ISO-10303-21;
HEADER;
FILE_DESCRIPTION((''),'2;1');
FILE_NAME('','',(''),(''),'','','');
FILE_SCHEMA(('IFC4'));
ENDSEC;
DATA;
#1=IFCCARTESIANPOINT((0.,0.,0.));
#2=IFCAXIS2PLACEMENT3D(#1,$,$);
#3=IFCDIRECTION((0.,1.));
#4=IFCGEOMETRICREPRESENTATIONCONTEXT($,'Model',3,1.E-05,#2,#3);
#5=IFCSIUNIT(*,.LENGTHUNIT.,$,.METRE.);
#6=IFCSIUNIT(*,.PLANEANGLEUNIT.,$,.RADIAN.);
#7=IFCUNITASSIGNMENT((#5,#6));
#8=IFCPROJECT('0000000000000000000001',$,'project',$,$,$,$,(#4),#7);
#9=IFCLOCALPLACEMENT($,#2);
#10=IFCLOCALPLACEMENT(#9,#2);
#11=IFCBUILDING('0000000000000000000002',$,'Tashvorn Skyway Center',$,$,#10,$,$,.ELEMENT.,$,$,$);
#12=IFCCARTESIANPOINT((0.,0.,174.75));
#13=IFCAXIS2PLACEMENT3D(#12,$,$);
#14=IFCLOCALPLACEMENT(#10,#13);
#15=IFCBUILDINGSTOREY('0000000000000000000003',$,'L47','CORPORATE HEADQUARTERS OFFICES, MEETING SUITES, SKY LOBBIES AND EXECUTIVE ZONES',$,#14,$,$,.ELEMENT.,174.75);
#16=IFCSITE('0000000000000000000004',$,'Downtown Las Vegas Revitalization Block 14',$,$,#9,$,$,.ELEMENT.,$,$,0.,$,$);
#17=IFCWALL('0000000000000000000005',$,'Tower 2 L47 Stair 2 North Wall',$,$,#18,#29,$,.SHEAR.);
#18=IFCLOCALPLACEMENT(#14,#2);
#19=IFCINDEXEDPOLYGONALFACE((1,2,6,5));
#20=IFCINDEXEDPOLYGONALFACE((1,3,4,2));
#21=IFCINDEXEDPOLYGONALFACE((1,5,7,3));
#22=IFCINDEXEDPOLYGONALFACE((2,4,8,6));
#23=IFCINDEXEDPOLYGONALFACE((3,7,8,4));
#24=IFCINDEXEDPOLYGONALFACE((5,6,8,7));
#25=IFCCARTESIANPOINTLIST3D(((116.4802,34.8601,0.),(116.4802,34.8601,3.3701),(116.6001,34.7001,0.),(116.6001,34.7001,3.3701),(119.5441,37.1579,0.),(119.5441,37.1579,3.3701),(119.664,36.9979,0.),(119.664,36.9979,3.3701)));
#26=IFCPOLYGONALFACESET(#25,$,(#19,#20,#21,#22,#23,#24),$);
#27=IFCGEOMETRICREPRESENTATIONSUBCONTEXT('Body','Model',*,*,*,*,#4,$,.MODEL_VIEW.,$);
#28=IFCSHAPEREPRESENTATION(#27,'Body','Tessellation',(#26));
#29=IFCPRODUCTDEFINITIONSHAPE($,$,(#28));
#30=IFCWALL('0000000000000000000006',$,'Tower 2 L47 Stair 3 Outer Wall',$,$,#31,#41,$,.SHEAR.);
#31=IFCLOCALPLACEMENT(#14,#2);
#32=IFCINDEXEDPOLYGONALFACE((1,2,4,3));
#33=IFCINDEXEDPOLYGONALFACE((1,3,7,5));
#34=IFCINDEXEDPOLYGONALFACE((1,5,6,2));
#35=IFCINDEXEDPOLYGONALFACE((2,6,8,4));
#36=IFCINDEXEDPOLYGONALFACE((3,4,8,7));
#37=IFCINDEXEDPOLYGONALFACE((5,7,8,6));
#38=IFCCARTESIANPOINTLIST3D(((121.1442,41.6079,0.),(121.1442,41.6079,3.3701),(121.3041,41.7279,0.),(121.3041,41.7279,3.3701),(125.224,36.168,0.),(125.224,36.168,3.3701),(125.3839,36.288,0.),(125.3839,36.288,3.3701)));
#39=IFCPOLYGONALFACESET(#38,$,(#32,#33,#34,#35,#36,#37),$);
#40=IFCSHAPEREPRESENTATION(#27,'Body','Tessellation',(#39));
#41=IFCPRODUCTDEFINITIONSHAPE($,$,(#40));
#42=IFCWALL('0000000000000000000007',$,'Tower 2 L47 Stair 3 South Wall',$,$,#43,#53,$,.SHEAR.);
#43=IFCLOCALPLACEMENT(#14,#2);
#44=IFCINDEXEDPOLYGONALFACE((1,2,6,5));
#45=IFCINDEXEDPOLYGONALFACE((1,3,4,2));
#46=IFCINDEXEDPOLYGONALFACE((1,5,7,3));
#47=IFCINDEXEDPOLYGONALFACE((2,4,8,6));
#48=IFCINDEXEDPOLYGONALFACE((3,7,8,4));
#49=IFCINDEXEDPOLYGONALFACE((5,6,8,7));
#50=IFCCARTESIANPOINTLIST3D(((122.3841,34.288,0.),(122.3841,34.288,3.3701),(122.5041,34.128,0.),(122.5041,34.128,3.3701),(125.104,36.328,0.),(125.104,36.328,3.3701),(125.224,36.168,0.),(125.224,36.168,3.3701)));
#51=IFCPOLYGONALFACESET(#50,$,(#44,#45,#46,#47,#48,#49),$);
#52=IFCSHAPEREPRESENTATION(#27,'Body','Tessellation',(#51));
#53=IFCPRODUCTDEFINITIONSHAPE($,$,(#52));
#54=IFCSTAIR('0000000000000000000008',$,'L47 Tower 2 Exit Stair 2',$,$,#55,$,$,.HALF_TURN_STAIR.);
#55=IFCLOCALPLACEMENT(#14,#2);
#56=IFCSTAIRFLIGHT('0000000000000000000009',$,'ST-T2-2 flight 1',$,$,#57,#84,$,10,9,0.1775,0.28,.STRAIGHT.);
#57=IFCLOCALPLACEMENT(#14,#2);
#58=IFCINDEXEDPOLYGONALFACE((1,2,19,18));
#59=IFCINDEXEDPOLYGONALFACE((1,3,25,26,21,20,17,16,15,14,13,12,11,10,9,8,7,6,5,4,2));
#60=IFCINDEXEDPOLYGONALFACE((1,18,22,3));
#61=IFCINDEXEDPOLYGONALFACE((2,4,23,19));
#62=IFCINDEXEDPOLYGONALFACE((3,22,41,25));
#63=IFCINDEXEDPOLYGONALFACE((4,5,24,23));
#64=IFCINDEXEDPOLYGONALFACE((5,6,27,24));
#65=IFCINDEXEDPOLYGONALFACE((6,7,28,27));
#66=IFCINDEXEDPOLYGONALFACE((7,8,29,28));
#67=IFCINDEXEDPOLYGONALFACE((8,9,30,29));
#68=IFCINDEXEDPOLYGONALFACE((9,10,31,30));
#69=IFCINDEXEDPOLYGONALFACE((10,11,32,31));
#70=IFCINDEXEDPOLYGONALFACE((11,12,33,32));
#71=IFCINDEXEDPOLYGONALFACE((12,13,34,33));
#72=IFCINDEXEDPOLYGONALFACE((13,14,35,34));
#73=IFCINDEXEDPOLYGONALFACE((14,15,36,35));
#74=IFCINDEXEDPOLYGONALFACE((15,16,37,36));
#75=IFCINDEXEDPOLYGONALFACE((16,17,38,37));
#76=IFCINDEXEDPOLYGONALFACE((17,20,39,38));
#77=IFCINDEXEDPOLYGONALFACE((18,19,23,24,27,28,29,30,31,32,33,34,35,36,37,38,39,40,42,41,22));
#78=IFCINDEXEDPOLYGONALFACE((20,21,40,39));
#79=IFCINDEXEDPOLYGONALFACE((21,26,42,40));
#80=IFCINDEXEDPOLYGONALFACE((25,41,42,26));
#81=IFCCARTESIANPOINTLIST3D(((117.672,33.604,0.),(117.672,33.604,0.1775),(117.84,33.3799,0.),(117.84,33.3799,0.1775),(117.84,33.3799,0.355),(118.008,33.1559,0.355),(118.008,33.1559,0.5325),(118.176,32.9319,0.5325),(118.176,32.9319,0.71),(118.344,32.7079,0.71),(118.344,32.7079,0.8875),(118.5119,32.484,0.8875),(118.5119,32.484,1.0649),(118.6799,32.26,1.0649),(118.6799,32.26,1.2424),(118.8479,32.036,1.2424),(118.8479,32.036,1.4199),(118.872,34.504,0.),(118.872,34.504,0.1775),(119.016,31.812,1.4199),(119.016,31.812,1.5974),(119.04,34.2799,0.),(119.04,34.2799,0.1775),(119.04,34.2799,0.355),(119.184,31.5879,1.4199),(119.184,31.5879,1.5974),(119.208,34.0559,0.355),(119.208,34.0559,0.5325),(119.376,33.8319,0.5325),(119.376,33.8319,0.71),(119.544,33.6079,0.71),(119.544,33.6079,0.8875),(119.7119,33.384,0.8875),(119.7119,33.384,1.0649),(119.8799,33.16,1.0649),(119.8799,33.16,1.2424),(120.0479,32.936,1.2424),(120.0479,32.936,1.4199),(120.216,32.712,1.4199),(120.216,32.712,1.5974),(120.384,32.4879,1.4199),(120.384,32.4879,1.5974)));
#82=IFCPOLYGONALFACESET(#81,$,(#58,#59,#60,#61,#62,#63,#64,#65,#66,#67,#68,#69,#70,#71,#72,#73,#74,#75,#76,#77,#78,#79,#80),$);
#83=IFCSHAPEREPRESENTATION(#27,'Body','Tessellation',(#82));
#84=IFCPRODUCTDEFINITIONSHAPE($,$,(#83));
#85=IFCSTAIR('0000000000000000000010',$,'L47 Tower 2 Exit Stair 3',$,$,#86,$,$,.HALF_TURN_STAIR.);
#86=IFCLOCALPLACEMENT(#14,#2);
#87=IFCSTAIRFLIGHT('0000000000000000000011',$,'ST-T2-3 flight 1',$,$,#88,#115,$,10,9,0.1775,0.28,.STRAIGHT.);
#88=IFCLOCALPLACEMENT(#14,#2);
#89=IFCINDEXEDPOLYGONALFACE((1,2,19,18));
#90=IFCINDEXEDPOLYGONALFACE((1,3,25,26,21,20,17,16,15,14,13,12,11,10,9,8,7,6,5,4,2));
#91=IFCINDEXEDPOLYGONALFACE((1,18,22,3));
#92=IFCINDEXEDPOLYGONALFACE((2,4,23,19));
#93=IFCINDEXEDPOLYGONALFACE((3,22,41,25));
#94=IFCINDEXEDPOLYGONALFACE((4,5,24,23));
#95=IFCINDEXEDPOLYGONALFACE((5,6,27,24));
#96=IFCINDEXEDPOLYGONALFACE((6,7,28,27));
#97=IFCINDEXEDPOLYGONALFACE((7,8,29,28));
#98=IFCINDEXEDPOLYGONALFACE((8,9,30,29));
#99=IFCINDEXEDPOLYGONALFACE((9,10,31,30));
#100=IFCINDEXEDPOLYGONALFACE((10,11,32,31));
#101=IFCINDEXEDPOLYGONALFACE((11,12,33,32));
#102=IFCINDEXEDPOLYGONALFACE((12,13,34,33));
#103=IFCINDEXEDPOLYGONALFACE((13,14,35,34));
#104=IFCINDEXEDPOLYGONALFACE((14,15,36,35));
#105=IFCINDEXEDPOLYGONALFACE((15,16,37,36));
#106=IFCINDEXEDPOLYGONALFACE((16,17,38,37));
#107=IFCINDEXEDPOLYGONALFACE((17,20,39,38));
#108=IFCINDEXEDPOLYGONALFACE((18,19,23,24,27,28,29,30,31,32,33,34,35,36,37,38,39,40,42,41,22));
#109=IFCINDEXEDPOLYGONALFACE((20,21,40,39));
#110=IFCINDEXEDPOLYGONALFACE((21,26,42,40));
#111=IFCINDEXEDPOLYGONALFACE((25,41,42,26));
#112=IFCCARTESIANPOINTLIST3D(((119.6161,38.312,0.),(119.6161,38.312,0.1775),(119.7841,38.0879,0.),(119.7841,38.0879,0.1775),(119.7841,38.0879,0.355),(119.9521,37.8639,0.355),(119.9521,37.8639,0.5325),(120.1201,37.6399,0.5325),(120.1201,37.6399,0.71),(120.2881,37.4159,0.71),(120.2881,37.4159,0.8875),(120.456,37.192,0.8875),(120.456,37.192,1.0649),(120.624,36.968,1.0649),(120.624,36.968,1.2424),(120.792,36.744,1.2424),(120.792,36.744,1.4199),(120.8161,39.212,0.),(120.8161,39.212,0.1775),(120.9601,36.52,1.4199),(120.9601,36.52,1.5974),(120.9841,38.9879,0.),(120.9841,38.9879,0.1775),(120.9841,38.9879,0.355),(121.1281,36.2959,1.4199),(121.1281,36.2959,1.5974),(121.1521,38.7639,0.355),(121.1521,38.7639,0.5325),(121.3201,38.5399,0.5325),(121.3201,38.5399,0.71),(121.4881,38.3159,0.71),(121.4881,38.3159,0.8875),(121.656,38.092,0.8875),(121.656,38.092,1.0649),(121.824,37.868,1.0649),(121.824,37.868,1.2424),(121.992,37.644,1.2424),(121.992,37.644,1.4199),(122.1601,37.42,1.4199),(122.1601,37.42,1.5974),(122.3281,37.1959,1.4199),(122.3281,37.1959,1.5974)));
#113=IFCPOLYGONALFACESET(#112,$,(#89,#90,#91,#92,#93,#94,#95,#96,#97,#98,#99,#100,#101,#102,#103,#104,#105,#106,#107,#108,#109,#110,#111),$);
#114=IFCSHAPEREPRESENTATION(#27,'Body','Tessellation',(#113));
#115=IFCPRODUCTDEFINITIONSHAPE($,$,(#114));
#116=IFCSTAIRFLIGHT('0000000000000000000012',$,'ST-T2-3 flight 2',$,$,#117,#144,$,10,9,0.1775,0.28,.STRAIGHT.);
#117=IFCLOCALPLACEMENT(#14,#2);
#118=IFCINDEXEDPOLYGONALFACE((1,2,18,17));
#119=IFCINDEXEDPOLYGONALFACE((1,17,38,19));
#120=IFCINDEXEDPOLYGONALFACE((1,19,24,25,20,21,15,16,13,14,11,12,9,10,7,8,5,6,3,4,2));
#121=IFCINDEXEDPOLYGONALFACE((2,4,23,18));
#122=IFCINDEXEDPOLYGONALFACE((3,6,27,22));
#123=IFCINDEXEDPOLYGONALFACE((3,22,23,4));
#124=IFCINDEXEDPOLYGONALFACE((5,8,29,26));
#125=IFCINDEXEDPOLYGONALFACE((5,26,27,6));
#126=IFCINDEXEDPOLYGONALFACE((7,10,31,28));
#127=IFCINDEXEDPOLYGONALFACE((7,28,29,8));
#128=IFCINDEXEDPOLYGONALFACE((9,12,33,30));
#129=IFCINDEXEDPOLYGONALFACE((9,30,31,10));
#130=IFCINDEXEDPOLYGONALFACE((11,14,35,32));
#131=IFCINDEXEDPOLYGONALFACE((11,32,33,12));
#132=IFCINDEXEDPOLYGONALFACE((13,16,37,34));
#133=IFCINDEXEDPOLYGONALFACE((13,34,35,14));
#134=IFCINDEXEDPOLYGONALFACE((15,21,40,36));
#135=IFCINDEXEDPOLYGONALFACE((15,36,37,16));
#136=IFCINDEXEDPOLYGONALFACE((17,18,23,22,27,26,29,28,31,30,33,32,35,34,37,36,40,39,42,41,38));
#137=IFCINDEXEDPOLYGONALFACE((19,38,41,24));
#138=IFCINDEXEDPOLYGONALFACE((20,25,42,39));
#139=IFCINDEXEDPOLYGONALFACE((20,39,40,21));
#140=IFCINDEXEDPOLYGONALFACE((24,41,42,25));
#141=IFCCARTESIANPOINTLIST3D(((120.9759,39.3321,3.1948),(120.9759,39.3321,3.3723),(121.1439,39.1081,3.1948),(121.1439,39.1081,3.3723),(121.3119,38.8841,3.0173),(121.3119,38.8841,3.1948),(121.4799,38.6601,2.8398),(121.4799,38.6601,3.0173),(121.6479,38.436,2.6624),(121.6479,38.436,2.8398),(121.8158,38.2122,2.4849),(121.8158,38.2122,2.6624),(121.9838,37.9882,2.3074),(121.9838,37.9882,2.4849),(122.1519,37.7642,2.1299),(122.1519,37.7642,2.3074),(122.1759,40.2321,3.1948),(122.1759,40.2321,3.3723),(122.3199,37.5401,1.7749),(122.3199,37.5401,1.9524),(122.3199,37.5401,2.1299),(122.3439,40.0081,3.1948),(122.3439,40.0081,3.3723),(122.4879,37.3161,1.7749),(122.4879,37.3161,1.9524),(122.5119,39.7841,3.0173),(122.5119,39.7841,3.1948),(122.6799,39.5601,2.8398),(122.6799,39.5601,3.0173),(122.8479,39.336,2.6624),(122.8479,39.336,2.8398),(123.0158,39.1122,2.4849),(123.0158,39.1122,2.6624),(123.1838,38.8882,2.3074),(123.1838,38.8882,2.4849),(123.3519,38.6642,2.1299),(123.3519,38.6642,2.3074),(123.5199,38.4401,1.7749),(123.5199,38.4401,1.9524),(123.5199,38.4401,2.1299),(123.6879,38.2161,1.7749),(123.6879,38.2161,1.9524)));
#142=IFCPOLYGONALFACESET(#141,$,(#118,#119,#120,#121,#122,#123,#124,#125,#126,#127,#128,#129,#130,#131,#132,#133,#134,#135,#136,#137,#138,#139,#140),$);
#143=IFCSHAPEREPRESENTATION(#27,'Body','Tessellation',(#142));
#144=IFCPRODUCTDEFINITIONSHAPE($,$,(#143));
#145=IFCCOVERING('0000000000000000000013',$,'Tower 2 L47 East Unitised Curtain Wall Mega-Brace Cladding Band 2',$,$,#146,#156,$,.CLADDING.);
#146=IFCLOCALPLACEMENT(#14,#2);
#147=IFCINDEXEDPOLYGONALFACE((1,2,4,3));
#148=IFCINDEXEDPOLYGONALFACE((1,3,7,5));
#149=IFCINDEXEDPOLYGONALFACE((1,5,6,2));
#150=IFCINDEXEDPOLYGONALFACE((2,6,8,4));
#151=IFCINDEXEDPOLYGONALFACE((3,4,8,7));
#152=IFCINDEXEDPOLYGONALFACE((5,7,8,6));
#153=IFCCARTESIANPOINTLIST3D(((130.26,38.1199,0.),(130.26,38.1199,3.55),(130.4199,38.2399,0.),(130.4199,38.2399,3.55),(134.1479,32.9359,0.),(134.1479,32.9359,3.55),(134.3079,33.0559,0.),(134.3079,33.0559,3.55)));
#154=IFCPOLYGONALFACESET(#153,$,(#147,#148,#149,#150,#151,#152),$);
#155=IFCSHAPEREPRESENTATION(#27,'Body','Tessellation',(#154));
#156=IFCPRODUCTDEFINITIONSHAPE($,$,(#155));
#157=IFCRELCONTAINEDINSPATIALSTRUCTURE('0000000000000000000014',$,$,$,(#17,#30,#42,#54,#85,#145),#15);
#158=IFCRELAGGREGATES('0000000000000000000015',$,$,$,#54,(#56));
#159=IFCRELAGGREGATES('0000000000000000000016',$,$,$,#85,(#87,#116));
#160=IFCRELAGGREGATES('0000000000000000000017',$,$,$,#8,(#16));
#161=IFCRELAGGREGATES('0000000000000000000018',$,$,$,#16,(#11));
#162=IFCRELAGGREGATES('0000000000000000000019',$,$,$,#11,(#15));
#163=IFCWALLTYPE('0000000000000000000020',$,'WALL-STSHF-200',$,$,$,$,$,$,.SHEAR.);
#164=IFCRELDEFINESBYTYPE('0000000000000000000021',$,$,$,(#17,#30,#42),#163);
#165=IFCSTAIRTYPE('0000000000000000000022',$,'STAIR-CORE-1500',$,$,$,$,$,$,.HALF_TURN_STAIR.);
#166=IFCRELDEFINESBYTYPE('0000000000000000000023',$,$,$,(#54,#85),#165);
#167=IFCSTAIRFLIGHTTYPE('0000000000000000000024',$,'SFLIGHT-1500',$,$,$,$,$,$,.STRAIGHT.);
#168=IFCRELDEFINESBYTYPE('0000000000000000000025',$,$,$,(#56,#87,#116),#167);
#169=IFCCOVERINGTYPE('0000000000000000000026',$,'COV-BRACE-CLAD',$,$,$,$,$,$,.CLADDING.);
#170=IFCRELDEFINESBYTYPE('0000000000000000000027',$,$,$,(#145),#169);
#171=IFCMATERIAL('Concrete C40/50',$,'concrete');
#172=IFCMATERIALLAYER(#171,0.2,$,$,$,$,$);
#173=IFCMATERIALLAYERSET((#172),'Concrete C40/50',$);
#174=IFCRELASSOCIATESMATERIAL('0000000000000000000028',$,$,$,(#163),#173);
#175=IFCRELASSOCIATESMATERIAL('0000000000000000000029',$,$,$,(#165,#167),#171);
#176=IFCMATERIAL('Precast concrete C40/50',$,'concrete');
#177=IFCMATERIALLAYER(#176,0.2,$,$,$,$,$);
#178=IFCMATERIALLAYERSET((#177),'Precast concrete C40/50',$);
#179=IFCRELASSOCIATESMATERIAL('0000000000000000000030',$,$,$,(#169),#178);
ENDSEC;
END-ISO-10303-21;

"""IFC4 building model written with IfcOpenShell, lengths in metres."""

from ifc_helpers import new_model, si_unit, direction, frame, frame_2d, origin, origin_2d, place, context, subcontext, project, spatial, polyline, rectangle, outline, extrude, material, layer, layer_set, type_object, element, aggregate, save


model = new_model("IFC4")

# Units and contexts
model_context = context("Model", 3, precision=1e-05, world=origin(), true_north=direction((0.0, 1.0)))
body_context = subcontext(model_context, "Body", "Model", "MODEL_VIEW")
ifc_project = project(units=[si_unit("LENGTHUNIT", "METRE"), si_unit("PLANEANGLEUNIT", "RADIAN")], contexts=[model_context])

# Site, building, storey
site_placement = place(None, origin())
site = spatial("IfcSite", under=ifc_project, at=site_placement, Name="Downtown Las Vegas Revitalization Block 14", CompositionType="ELEMENT", RefElevation=0.0)
building_placement = place(site_placement, origin())
building = spatial("IfcBuilding", under=site, at=building_placement, Name="Tashvorn Skyway Center", CompositionType="ELEMENT")
storey_placement = place(building_placement, frame((0.0, 0.0, 174.75)))
storey = spatial("IfcBuildingStorey", under=building, at=storey_placement, Name="L47", Description="CORPORATE HEADQUARTERS OFFICES, MEETING SUITES, SKY LOBBIES AND EXECUTIVE ZONES", CompositionType="ELEMENT", Elevation=174.75)

# Shared definitions
ifc_material_1 = material(Name="Concrete C40/50", Category="concrete")

# Shared definitions
ifc_layer_1 = layer(ifc_material_1, 0.2)
ifc_layer_set_1 = layer_set([ifc_layer_1], Name="Concrete C40/50")
wall_type_1 = type_object("IfcWallType", Name="WALL-STSHF-200", PredefinedType="SHEAR", material=ifc_layer_set_1)

# Walls
wall_1_placement = place(storey_placement, frame((116.54, 34.78, 0.0), z_axis=(0.0, 0.0, 1.0), x_axis=(0.800015, 0.59998, 0.0)))
element("IfcWall", 1, at=wall_1_placement, inside=storey, type_object=wall_type_1, Name="Tower 2 L47 Stair 2 North Wall", PredefinedType="SHEAR", context=body_context, shape_type="SweptSolid", body=[
    extrude(rectangle(XDim=3.8298, YDim=0.2, at=frame_2d((1.915, 0.0))), origin(), (0.0, 0.0, 1.0), 3.3701),
])
wall_2_placement = place(storey_placement, frame((125.304, 36.228, 0.0), z_axis=(0.0, 0.0, 1.0), x_axis=(-0.599989, 0.800009, 0.0)))
element("IfcWall", 2, at=wall_2_placement, inside=storey, type_object=wall_type_1, Name="Tower 2 L47 Stair 3 Outer Wall", PredefinedType="SHEAR", context=body_context, shape_type="SweptSolid", body=[
    extrude(rectangle(XDim=6.7998, YDim=0.2, at=frame_2d((3.3999, 0.0))), origin(), (0.0, 0.0, 1.0), 3.3701),
])
wall_3_placement = place(storey_placement, frame((122.4441, 34.208, 0.0), z_axis=(0.0, 0.0, 1.0), x_axis=(0.799991, 0.600011, 0.0)))
element("IfcWall", 3, at=wall_3_placement, inside=storey, type_object=wall_type_1, Name="Tower 2 L47 Stair 3 South Wall", PredefinedType="SHEAR", context=body_context, shape_type="SweptSolid", body=[
    extrude(rectangle(XDim=3.3999, YDim=0.2, at=frame_2d((1.7, 0.0))), origin(), (0.0, 0.0, 1.0), 3.3701),
])

# Stair, stair flight
stair_type = type_object("IfcStairType", Name="STAIR-CORE-1500", PredefinedType="HALF_TURN_STAIR", material=ifc_material_1)
stair_1_placement = place(storey_placement, origin())
stair_1 = element("IfcStair", 4, at=stair_1_placement, inside=storey, type_object=stair_type, Name="L47 Tower 2 Exit Stair 2", PredefinedType="HALF_TURN_STAIR")
stair_flight_type = type_object("IfcStairFlightType", Name="SFLIGHT-1500", PredefinedType="STRAIGHT", material=ifc_material_1)
stair_flight_1_placement = place(storey_placement, frame((118.272, 34.054, 0.0), z_axis=(0.0, 0.0, 1.0), x_axis=(0.6, -0.8, 0.0)))
stair_flight_1 = element("IfcStairFlight", 5, at=stair_flight_1_placement, type_object=stair_flight_type, Name="ST-T2-2 flight 1", NumberOfRisers=10, NumberOfTreads=9, PredefinedType="STRAIGHT", RiserHeight=0.1775, TreadLength=0.28, context=body_context, shape_type="SweptSolid", body=[
    extrude(outline(polyline([(0.0, 0.0), (0.0, 0.1775), (0.28, 0.1775), (0.28, 0.355), (0.5601, 0.355), (0.5601, 0.5325), (0.8401, 0.5325), (0.8401, 0.71), (1.1201, 0.71), (1.1201, 0.8875), (1.3999, 0.8875), (1.3999, 1.0649), (1.6799, 1.0649), (1.6799, 1.2424), (1.96, 1.2424), (1.96, 1.4199), (2.24, 1.4199), (2.24, 1.5974), (2.52, 1.5974), (2.52, 1.7749), (2.52, 1.4199), (0.28, 0.0), (0.0, 0.0)])), frame((0.0, 0.75, 0.0), z_axis=(0.0, -1.0, 0.0), x_axis=(1.0, 0.0, 0.0)), (0.0, 0.0, 1.0), 1.5),
])
aggregate(stair_1, [stair_flight_1])

# Stair, stair flights
stair_2_placement = place(storey_placement, origin())
stair_2 = element("IfcStair", 6, at=stair_2_placement, inside=storey, type_object=stair_type, Name="L47 Tower 2 Exit Stair 3", PredefinedType="HALF_TURN_STAIR")
stair_flight_2_placement = place(storey_placement, frame((120.2161, 38.762, 0.0), z_axis=(0.0, 0.0, 1.0), x_axis=(0.6, -0.8, 0.0)))
stair_flight_2 = element("IfcStairFlight", 7, at=stair_flight_2_placement, type_object=stair_flight_type, Name="ST-T2-3 flight 1", NumberOfRisers=10, NumberOfTreads=9, PredefinedType="STRAIGHT", RiserHeight=0.1775, TreadLength=0.28, context=body_context, shape_type="SweptSolid", body=[
    extrude(outline(polyline([(0.0, 0.0), (0.0, 0.1775), (0.28, 0.1775), (0.28, 0.355), (0.5601, 0.355), (0.5601, 0.5325), (0.8401, 0.5325), (0.8401, 0.71), (1.1201, 0.71), (1.1201, 0.8875), (1.3999, 0.8875), (1.3999, 1.0649), (1.6799, 1.0649), (1.6799, 1.2424), (1.96, 1.2424), (1.96, 1.4199), (2.24, 1.4199), (2.24, 1.5974), (2.52, 1.5974), (2.52, 1.7749), (2.52, 1.4199), (0.28, 0.0), (0.0, 0.0)])), frame((0.0, 0.75, 0.0), z_axis=(0.0, -1.0, 0.0), x_axis=(1.0, 0.0, 0.0)), (0.0, 0.0, 1.0), 1.5),
])
stair_flight_3_placement = place(storey_placement, frame((123.0879, 37.7661, 1.7749), z_axis=(0.0, 0.0, 1.0), x_axis=(-0.6, 0.8, 0.0)))
stair_flight_3 = element("IfcStairFlight", 8, at=stair_flight_3_placement, type_object=stair_flight_type, Name="ST-T2-3 flight 2", NumberOfRisers=10, NumberOfTreads=9, PredefinedType="STRAIGHT", RiserHeight=0.1775, TreadLength=0.28, context=body_context, shape_type="SweptSolid", body=[
    extrude(outline(polyline([(0.0, 0.0), (0.0, 0.1775), (0.28, 0.1775), (0.28, 0.355), (0.5601, 0.355), (0.5601, 0.5325), (0.8401, 0.5325), (0.8401, 0.71), (1.1201, 0.71), (1.1201, 0.8875), (1.3999, 0.8875), (1.3999, 1.0649), (1.6799, 1.0649), (1.6799, 1.2424), (1.96, 1.2424), (1.96, 1.4199), (2.24, 1.4199), (2.24, 1.5974), (2.52, 1.5974), (2.52, 1.7749), (2.52, 1.4199), (0.28, 0.0), (0.0, 0.0)])), frame((0.0, 0.75, 0.0), z_axis=(0.0, -1.0, 0.0), x_axis=(1.0, 0.0, 0.0)), (0.0, 0.0, 1.0), 1.5),
])
aggregate(stair_2, [stair_flight_2, stair_flight_3])

# Covering
ifc_material_2 = material(Name="Precast concrete C40/50", Category="concrete")
ifc_layer_2 = layer(ifc_material_2, 0.2)
ifc_layer_set_2 = layer_set([ifc_layer_2], Name="Precast concrete C40/50")
covering_type = type_object("IfcCoveringType", Name="COV-BRACE-CLAD", PredefinedType="CLADDING", material=ifc_layer_set_2)
covering_placement = place(storey_placement, frame((132.2839, 35.5879, 0.0), z_axis=(0.0, 0.0, 1.0), x_axis=(0.6, -0.8, 0.0)))
element("IfcCovering", 9, at=covering_placement, inside=storey, type_object=covering_type, Name="Tower 2 L47 East Unitised Curtain Wall Mega-Brace Cladding Band 2", PredefinedType="CLADDING", context=body_context, shape_type="SweptSolid", body=[
    extrude(rectangle(XDim=6.48, YDim=0.2, at=origin_2d()), origin(), (0.0, 0.0, 1.0), 3.55),
])

save(model, "model.ifc")
